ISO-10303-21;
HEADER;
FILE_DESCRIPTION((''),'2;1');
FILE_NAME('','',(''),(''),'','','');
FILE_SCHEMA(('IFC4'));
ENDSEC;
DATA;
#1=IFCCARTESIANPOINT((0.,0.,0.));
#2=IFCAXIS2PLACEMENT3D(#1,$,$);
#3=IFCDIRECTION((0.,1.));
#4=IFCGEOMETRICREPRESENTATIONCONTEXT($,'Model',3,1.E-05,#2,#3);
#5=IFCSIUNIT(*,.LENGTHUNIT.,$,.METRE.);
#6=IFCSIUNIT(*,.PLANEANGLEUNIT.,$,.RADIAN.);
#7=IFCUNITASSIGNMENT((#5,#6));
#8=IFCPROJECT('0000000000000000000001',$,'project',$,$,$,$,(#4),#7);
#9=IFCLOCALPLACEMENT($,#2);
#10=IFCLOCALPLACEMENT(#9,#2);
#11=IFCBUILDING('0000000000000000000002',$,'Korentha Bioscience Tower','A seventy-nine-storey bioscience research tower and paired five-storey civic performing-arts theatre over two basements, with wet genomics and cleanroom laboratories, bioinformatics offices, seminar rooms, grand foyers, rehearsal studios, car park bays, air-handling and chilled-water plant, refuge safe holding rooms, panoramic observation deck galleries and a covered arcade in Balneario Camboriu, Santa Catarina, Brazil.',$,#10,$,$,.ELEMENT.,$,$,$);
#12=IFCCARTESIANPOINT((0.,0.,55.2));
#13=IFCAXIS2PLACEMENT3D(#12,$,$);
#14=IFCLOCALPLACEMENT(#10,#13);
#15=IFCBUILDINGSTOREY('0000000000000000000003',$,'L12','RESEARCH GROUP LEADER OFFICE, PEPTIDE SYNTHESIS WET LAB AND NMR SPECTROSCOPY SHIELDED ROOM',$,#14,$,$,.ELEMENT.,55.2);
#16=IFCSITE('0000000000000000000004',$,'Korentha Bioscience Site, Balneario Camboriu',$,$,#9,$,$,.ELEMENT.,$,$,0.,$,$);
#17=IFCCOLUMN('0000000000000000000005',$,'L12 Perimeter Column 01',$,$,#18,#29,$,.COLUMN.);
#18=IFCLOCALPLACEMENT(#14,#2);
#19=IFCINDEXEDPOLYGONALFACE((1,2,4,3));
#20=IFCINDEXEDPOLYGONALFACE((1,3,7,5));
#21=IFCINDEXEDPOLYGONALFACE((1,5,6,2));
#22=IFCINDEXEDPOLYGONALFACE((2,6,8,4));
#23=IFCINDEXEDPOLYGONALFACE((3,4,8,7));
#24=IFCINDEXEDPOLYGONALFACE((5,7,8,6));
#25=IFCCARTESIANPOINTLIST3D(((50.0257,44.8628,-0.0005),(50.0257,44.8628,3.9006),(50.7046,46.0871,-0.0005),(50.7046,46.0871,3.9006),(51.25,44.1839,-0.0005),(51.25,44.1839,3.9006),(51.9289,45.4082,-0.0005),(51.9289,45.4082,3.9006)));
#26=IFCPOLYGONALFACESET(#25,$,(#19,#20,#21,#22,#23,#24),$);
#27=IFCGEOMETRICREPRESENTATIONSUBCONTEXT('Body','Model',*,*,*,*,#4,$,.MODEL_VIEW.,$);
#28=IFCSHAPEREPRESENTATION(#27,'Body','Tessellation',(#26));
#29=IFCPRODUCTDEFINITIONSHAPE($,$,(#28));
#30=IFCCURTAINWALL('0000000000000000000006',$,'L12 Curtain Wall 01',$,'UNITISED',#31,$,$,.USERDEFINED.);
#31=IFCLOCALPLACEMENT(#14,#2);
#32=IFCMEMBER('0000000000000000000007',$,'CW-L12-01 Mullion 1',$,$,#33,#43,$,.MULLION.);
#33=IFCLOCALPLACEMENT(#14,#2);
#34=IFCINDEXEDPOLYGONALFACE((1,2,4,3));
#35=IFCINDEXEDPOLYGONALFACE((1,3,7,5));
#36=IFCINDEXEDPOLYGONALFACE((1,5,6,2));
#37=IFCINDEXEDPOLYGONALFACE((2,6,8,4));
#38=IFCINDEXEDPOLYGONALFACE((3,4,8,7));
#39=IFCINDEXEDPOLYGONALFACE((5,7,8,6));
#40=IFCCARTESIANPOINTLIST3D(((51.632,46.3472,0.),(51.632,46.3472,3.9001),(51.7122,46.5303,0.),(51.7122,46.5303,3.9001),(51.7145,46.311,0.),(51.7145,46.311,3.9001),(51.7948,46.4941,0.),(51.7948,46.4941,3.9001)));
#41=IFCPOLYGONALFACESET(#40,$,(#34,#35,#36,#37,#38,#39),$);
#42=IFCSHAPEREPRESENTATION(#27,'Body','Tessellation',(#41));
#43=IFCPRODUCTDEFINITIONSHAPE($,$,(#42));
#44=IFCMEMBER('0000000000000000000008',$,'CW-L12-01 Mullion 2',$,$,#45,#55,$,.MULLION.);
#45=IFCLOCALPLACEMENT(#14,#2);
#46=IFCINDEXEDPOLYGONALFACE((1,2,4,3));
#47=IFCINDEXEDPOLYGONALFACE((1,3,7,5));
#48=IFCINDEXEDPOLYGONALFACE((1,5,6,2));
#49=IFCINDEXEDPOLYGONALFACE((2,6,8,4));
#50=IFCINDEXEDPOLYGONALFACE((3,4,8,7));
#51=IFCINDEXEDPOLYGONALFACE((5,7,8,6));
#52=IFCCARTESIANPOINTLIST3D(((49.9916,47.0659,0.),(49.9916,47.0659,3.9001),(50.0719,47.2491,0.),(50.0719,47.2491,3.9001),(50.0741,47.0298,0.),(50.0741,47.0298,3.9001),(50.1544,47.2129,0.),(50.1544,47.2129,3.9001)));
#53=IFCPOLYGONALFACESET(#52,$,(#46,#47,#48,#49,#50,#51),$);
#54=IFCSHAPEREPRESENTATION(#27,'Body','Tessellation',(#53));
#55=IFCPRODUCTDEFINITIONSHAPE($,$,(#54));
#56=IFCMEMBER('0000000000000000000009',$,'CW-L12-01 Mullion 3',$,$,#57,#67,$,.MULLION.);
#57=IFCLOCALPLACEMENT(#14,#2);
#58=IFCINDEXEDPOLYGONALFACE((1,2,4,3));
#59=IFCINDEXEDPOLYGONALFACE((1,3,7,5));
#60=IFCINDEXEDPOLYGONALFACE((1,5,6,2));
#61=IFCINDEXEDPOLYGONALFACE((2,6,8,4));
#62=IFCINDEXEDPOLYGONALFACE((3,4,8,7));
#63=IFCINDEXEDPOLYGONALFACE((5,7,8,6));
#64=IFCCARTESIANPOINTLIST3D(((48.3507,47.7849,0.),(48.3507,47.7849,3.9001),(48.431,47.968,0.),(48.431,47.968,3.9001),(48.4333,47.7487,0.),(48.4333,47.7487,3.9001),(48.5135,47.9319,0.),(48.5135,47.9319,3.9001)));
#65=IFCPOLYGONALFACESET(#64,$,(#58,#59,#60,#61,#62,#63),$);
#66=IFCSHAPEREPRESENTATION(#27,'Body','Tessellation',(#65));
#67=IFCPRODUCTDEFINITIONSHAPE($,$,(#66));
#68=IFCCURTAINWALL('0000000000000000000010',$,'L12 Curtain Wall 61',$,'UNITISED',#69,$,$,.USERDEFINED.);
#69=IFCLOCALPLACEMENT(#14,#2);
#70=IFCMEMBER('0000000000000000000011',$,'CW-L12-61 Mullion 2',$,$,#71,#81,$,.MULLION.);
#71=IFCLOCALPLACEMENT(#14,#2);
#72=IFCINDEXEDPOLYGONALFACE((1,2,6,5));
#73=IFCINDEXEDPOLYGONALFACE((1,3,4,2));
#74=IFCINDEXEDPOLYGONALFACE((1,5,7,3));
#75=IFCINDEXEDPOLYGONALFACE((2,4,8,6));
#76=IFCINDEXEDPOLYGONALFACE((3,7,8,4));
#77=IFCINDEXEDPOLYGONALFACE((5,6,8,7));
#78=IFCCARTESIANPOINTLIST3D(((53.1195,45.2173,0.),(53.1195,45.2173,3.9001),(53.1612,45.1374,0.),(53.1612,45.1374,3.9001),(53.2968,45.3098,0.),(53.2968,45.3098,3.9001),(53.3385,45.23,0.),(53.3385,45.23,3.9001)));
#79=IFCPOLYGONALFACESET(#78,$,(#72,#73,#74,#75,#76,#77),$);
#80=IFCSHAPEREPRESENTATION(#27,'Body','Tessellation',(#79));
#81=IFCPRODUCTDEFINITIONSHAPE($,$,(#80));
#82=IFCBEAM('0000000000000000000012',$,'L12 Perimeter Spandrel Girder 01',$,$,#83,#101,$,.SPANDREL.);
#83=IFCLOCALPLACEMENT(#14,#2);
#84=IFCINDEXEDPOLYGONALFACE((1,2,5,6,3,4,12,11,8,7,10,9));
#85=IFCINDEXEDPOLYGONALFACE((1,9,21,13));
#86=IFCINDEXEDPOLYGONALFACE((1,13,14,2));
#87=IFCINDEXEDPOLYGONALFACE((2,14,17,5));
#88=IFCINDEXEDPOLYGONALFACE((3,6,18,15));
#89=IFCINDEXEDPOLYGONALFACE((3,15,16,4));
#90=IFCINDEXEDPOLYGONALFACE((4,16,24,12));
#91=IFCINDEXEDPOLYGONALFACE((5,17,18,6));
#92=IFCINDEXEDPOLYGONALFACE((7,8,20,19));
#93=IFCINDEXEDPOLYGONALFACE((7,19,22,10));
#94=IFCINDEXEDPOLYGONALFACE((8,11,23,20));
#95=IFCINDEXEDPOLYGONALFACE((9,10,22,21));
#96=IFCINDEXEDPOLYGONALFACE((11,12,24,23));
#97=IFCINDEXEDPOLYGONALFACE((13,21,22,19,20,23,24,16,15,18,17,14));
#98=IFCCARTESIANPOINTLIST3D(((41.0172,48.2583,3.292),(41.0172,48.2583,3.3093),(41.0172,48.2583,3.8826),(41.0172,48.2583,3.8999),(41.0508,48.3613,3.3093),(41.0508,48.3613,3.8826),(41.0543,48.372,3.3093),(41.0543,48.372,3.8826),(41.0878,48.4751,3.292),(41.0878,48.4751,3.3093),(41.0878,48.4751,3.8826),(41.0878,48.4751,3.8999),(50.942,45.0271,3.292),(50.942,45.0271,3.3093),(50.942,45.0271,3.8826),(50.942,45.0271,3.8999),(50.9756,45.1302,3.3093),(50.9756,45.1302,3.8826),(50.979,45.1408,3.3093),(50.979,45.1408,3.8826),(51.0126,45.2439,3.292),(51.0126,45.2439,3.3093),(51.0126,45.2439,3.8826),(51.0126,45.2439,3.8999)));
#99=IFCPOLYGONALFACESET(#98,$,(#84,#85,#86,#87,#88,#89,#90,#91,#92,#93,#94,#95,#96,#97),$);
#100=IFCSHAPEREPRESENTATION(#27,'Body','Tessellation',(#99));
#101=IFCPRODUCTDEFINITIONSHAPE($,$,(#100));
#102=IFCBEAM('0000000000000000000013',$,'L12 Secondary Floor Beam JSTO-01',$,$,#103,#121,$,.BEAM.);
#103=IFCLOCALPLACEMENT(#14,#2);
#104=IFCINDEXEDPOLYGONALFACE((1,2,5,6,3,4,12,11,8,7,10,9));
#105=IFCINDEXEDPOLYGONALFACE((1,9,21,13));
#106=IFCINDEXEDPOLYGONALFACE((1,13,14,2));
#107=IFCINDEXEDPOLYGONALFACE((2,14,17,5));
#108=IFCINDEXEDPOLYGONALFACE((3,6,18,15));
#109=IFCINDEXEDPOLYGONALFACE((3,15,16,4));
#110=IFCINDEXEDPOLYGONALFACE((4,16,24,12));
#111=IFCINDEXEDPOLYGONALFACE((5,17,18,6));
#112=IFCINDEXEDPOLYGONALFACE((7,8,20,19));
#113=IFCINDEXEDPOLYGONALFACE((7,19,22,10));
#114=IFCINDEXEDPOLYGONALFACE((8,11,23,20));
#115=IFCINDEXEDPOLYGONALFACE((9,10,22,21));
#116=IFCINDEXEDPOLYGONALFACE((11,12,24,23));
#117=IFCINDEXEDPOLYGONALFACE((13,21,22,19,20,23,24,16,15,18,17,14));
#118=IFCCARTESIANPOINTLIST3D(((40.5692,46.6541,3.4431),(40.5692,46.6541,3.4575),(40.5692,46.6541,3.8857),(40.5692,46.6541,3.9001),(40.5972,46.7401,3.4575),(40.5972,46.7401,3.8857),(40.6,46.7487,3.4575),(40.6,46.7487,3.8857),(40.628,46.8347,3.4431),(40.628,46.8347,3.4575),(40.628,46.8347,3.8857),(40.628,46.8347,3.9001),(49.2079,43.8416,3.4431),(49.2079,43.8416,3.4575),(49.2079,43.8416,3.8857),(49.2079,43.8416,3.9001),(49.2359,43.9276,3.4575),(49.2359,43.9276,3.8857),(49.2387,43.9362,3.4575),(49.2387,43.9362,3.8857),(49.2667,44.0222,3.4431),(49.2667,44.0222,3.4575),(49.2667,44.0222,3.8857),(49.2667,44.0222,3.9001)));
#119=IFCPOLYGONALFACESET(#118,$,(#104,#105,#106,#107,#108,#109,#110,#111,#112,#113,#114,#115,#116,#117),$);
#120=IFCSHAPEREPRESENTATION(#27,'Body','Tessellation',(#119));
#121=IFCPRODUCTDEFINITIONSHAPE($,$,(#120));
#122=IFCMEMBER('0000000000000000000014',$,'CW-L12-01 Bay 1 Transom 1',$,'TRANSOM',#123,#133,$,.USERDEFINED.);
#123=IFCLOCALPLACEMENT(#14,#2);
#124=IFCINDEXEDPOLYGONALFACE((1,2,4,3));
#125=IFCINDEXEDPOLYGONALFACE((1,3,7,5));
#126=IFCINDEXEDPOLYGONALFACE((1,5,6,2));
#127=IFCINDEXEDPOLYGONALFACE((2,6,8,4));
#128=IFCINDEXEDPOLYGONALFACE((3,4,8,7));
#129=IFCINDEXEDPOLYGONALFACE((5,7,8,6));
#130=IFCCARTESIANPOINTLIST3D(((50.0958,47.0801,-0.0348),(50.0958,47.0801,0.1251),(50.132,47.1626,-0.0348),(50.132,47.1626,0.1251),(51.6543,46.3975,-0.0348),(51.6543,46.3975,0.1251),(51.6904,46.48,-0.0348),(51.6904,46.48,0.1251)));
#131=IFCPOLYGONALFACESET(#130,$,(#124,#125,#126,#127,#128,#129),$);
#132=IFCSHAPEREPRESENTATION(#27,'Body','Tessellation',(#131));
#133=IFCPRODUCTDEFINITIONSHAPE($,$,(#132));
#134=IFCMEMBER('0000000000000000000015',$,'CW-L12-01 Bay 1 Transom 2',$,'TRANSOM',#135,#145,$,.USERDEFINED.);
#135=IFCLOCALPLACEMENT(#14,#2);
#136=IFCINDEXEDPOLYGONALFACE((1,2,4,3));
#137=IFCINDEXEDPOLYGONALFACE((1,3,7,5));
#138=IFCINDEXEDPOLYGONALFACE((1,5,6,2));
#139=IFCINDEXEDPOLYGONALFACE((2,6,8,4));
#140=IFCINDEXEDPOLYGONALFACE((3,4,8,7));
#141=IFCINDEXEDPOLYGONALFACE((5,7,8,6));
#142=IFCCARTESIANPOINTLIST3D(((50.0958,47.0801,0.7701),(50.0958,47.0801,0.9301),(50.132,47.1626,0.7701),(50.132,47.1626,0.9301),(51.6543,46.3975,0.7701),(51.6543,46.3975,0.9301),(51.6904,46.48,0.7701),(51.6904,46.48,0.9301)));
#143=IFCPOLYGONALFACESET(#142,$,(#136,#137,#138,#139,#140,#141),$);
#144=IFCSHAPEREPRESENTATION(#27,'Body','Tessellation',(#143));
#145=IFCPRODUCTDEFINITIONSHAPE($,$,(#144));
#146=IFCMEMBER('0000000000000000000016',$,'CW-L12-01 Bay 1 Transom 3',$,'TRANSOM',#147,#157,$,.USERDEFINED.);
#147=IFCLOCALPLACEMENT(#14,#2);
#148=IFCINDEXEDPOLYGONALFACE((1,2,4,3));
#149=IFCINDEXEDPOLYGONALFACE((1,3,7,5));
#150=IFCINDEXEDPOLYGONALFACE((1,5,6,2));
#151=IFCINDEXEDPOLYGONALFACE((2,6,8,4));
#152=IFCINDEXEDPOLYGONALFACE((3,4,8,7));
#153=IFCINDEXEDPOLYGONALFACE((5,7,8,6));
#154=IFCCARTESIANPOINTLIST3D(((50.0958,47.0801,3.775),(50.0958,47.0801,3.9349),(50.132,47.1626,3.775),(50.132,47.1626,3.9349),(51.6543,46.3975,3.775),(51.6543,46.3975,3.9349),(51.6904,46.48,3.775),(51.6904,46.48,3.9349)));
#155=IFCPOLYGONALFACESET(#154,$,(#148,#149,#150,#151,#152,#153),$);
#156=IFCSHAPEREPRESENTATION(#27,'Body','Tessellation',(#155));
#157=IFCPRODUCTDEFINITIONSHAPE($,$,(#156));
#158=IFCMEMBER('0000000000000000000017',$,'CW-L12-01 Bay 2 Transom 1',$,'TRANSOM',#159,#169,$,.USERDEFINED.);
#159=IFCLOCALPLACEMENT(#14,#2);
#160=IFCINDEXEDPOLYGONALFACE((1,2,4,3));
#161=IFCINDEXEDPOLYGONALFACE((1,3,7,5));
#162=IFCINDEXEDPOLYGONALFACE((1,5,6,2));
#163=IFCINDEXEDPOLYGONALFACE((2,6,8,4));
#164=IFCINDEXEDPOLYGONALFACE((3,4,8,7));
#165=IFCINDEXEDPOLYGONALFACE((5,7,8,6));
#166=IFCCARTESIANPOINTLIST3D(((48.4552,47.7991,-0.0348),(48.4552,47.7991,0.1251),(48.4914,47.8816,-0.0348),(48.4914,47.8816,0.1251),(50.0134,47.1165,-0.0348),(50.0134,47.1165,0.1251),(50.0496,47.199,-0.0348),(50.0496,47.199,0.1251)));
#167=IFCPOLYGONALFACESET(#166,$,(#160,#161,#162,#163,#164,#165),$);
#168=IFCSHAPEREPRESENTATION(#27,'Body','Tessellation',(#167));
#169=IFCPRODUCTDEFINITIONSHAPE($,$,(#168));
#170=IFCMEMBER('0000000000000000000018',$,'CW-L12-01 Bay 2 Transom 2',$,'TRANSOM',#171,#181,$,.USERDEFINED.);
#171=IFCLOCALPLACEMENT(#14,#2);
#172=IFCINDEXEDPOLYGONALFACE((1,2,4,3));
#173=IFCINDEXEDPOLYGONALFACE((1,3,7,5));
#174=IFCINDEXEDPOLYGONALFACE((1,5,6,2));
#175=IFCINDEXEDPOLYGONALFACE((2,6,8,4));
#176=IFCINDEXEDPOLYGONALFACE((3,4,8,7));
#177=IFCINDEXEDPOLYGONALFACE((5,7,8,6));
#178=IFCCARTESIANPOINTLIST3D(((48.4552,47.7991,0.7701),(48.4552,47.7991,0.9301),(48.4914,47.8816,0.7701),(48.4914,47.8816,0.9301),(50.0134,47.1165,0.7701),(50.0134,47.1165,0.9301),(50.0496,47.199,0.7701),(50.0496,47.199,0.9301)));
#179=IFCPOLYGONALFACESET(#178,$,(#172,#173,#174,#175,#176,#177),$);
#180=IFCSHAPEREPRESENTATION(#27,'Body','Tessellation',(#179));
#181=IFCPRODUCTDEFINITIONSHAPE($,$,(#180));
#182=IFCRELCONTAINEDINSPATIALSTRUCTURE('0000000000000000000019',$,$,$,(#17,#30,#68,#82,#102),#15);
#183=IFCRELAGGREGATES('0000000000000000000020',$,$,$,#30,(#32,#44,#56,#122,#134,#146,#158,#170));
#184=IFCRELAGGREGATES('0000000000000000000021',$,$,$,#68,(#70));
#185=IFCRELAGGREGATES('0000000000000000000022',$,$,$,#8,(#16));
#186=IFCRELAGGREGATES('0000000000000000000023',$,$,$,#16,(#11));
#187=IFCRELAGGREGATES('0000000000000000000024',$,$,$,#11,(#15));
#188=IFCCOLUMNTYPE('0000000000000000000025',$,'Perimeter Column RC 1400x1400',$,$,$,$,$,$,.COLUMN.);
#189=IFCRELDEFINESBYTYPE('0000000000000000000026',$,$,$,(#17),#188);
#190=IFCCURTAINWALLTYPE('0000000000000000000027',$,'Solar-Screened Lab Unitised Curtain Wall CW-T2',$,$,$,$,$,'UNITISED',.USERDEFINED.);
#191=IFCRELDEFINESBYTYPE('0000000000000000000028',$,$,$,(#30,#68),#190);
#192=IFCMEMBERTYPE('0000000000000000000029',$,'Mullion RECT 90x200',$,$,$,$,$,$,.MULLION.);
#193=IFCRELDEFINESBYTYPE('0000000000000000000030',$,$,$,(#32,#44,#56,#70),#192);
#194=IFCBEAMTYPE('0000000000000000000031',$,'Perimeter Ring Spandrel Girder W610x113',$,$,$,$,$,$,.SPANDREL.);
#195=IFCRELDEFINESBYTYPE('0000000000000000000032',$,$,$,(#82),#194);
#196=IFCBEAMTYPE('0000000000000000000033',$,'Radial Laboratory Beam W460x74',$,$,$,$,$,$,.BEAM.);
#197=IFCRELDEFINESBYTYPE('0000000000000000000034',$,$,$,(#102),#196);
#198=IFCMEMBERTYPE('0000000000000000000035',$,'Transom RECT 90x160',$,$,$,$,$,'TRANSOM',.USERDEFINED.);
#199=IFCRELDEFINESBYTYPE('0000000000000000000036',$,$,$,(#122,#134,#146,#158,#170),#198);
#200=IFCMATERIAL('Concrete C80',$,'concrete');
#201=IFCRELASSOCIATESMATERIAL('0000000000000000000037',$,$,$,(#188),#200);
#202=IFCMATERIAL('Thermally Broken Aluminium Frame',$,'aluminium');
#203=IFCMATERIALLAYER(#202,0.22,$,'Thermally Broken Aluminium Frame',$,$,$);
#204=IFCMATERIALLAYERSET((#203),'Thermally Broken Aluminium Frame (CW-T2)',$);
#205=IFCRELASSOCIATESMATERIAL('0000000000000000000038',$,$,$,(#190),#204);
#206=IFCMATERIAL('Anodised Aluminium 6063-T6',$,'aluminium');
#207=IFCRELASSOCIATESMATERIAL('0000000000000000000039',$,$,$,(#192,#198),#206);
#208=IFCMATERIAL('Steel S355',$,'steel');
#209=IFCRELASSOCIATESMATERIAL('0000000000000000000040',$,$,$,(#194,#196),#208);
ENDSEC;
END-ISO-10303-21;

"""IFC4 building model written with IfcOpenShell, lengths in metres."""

from ifc_helpers import new_model, si_unit, direction, frame, origin, origin_2d, place, context, subcontext, project, spatial, rectangle, i_section, extrude, material, layer, layer_set, material_profile, profile_set, type_object, element, aggregate, save


model = new_model("IFC4")

# Units and contexts
model_context = context("Model", 3, precision=1e-05, world=origin(), true_north=direction((0.0, 1.0)))
body_context = subcontext(model_context, "Body", "Model", "MODEL_VIEW")
ifc_project = project(units=[si_unit("LENGTHUNIT", "METRE"), si_unit("PLANEANGLEUNIT", "RADIAN")], contexts=[model_context])

# Site, building, storey
site_placement = place(None, origin())
site = spatial("IfcSite", under=ifc_project, at=site_placement, Name="Korentha Bioscience Site, Balneario Camboriu", CompositionType="ELEMENT", RefElevation=0.0)
building_placement = place(site_placement, origin())
building = spatial("IfcBuilding", under=site, at=building_placement, Name="Korentha Bioscience Tower", Description="A seventy-nine-storey bioscience research tower and paired five-storey civic performing-arts theatre over two basements, with wet genomics and cleanroom laboratories, bioinformatics offices, seminar rooms, grand foyers, rehearsal studios, car park bays, air-handling and chilled-water plant, refuge safe holding rooms, panoramic observation deck galleries and a covered arcade in Balneario Camboriu, Santa Catarina, Brazil.", CompositionType="ELEMENT")
storey_placement = place(building_placement, frame((0.0, 0.0, 55.2)))
storey = spatial("IfcBuildingStorey", under=building, at=storey_placement, Name="L12", Description="RESEARCH GROUP LEADER OFFICE, PEPTIDE SYNTHESIS WET LAB AND NMR SPECTROSCOPY SHIELDED ROOM", CompositionType="ELEMENT", Elevation=55.2)

# Column
ifc_material_1 = material(Name="Concrete C80", Category="concrete")
ifc_material_profile_1 = material_profile(ifc_material_1, rectangle(XDim=1.3999, YDim=1.3999, at=origin_2d()), Name="Concrete C80")
ifc_profile_set_1 = profile_set([ifc_material_profile_1], Name="Concrete C80 (COL-P14)")
column_type = type_object("IfcColumnType", Name="Perimeter Column RC 1400x1400", PredefinedType="COLUMN", material=ifc_profile_set_1)
column_placement = place(storey_placement, frame((50.9773, 45.1355, -0.0005), z_axis=(0.0, 0.0, 1.0), x_axis=(-0.874535, 0.484962, 0.0)))
element("IfcColumn", 1, at=column_placement, inside=storey, type_object=column_type, Name="L12 Perimeter Column 01", PredefinedType="COLUMN", context=body_context, shape_type="SweptSolid", body=[
    extrude(rectangle(XDim=1.3999, YDim=1.3999, at=origin_2d()), origin(), (0.0, 0.0, 1.0), 3.9011),
])

# Curtain wall, members
ifc_material_2 = material(Name="Thermally Broken Aluminium Frame", Category="aluminium")
ifc_layer_1 = layer(ifc_material_2, 0.22, Name="Thermally Broken Aluminium Frame")
ifc_layer_set_1 = layer_set([ifc_layer_1], Name="Thermally Broken Aluminium Frame (CW-T2)")
curtain_wall_type = type_object("IfcCurtainWallType", Name="Solar-Screened Lab Unitised Curtain Wall CW-T2", ElementType="UNITISED", PredefinedType="USERDEFINED", material=ifc_layer_set_1)
curtain_wall_1_placement = place(storey_placement, origin())
curtain_wall_1 = element("IfcCurtainWall", 2, at=curtain_wall_1_placement, inside=storey, type_object=curtain_wall_type, Name="L12 Curtain Wall 01", ObjectType="UNITISED", PredefinedType="USERDEFINED")
ifc_material_3 = material(Name="Anodised Aluminium 6063-T6", Category="aluminium")
ifc_material_profile_2 = material_profile(ifc_material_3, rectangle(XDim=0.0901, YDim=0.2, at=origin_2d()), Name="Anodised Aluminium 6063-T6")
ifc_profile_set_2 = profile_set([ifc_material_profile_2], Name="Anodised Aluminium 6063-T6 (CW-MUL)")
member_type_1 = type_object("IfcMemberType", Name="Mullion RECT 90x200", PredefinedType="MULLION", material=ifc_profile_set_2)
member_1_placement = place(storey_placement, frame((51.7134, 46.4207, 0.0), z_axis=(0.0, 0.0, 1.0), x_axis=(-0.915939, 0.401317, 0.0)))
member_1 = element("IfcMember", 3, at=member_1_placement, type_object=member_type_1, Name="CW-L12-01 Mullion 1", PredefinedType="MULLION", context=body_context, shape_type="SweptSolid", body=[
    extrude(rectangle(XDim=0.0901, YDim=0.2, at=origin_2d()), origin(), (0.0, 0.0, 1.0), 3.9001),
])
member_2_placement = place(storey_placement, frame((50.073, 47.1394, 0.0), z_axis=(0.0, 0.0, 1.0), x_axis=(-0.915939, 0.401317, 0.0)))
member_2 = element("IfcMember", 4, at=member_2_placement, type_object=member_type_1, Name="CW-L12-01 Mullion 2", PredefinedType="MULLION", context=body_context, shape_type="SweptSolid", body=[
    extrude(rectangle(XDim=0.0901, YDim=0.2, at=origin_2d()), origin(), (0.0, 0.0, 1.0), 3.9001),
])
member_3_placement = place(storey_placement, frame((48.4321, 47.8584, 0.0), z_axis=(0.0, 0.0, 1.0), x_axis=(-0.915939, 0.401317, 0.0)))
member_3 = element("IfcMember", 5, at=member_3_placement, type_object=member_type_1, Name="CW-L12-01 Mullion 3", PredefinedType="MULLION", context=body_context, shape_type="SweptSolid", body=[
    extrude(rectangle(XDim=0.0901, YDim=0.2, at=origin_2d()), origin(), (0.0, 0.0, 1.0), 3.9001),
])

# Curtain wall, member
curtain_wall_2_placement = place(storey_placement, origin())
curtain_wall_2 = element("IfcCurtainWall", 6, at=curtain_wall_2_placement, inside=storey, type_object=curtain_wall_type, Name="L12 Curtain Wall 61", ObjectType="UNITISED", PredefinedType="USERDEFINED")
member_4_placement = place(storey_placement, frame((53.229, 45.2236, 0.0), z_axis=(0.0, 0.0, 1.0), x_axis=(-0.463009, 0.886354, 0.0)))
member_4 = element("IfcMember", 7, at=member_4_placement, type_object=member_type_1, Name="CW-L12-61 Mullion 2", PredefinedType="MULLION", context=body_context, shape_type="SweptSolid", body=[
    extrude(rectangle(XDim=0.0901, YDim=0.2, at=origin_2d()), origin(), (0.0, 0.0, 1.0), 3.9001),
])

# Beams
ifc_material_4 = material(Name="Steel S355", Category="steel")
ifc_material_profile_3 = material_profile(ifc_material_4, i_section(OverallWidth=0.228, OverallDepth=0.6079, WebThickness=0.0112, FlangeThickness=0.0173, at=origin_2d()), Name="Steel S355")
ifc_profile_set_3 = profile_set([ifc_material_profile_3], Name="Steel S355 (SB-610)")
beam_type_1 = type_object("IfcBeamType", Name="Perimeter Ring Spandrel Girder W610x113", PredefinedType="SPANDREL", material=ifc_profile_set_3)
beam_1_placement = place(storey_placement, frame((50.9773, 45.1355, 3.5959), z_axis=(-0.950875, 0.309575, 0.0), x_axis=(-0.309575, -0.950875, 0.0)))
element("IfcBeam", 8, at=beam_1_placement, inside=storey, type_object=beam_type_1, Name="L12 Perimeter Spandrel Girder 01", PredefinedType="SPANDREL", context=body_context, shape_type="SweptSolid", body=[
    extrude(i_section(OverallWidth=0.228, OverallDepth=0.6079, WebThickness=0.0112, FlangeThickness=0.0173, at=origin_2d()), origin(), (0.0, 0.0, 1.0), 10.4375),
])
ifc_material_profile_4 = material_profile(ifc_material_4, i_section(OverallWidth=0.1899, OverallDepth=0.457, WebThickness=0.009, FlangeThickness=0.0144, at=origin_2d()), Name="Steel S355")
ifc_profile_set_4 = profile_set([ifc_material_profile_4], Name="Steel S355 (RB-460)")
beam_type_2 = type_object("IfcBeamType", Name="Radial Laboratory Beam W460x74", PredefinedType="BEAM", material=ifc_profile_set_4)
beam_2_placement = place(storey_placement, frame((49.2373, 43.9319, 3.6716), z_axis=(-0.950874, 0.309577, 0.0), x_axis=(-0.309577, -0.950874, 0.0)))
element("IfcBeam", 9, at=beam_2_placement, inside=storey, type_object=beam_type_2, Name="L12 Secondary Floor Beam JSTO-01", PredefinedType="BEAM", context=body_context, shape_type="SweptSolid", body=[
    extrude(i_section(OverallWidth=0.1899, OverallDepth=0.457, WebThickness=0.009, FlangeThickness=0.0144, at=origin_2d()), origin(), (0.0, 0.0, 1.0), 9.085),
])

# Members
ifc_material_profile_5 = material_profile(ifc_material_3, rectangle(XDim=0.0901, YDim=0.1599, at=origin_2d()), Name="Anodised Aluminium 6063-T6")
ifc_profile_set_5 = profile_set([ifc_material_profile_5], Name="Anodised Aluminium 6063-T6 (CW-TRN)")
member_type_2 = type_object("IfcMemberType", Name="Transom RECT 90x160", ElementType="TRANSOM", PredefinedType="USERDEFINED", material=ifc_profile_set_5)
member_5_placement = place(storey_placement, frame((51.6724, 46.4387, 0.0452), z_axis=(-0.915976, 0.401233, 0.0), x_axis=(-0.401233, -0.915976, 0.0)))
member_5 = element("IfcMember", 10, at=member_5_placement, type_object=member_type_2, Name="CW-L12-01 Bay 1 Transom 1", ObjectType="TRANSOM", PredefinedType="USERDEFINED", context=body_context, shape_type="SweptSolid", body=[
    extrude(rectangle(XDim=0.0901, YDim=0.1599, at=origin_2d()), origin(), (0.0, 0.0, 1.0), 1.7014),
])
member_6_placement = place(storey_placement, frame((51.6724, 46.4387, 0.8501), z_axis=(-0.915976, 0.401233, 0.0), x_axis=(-0.401233, -0.915976, 0.0)))
member_6 = element("IfcMember", 11, at=member_6_placement, type_object=member_type_2, Name="CW-L12-01 Bay 1 Transom 2", ObjectType="TRANSOM", PredefinedType="USERDEFINED", context=body_context, shape_type="SweptSolid", body=[
    extrude(rectangle(XDim=0.0901, YDim=0.1599, at=origin_2d()), origin(), (0.0, 0.0, 1.0), 1.7014),
])
member_7_placement = place(storey_placement, frame((51.6724, 46.4387, 3.855), z_axis=(-0.915976, 0.401233, 0.0), x_axis=(-0.401233, -0.915976, 0.0)))
member_7 = element("IfcMember", 12, at=member_7_placement, type_object=member_type_2, Name="CW-L12-01 Bay 1 Transom 3", ObjectType="TRANSOM", PredefinedType="USERDEFINED", context=body_context, shape_type="SweptSolid", body=[
    extrude(rectangle(XDim=0.0901, YDim=0.1599, at=origin_2d()), origin(), (0.0, 0.0, 1.0), 1.7014),
])
member_8_placement = place(storey_placement, frame((50.0315, 47.1577, 0.0452), z_axis=(-0.915953, 0.401286, 0.0), x_axis=(-0.401286, -0.915953, 0.0)))
member_8 = element("IfcMember", 13, at=member_8_placement, type_object=member_type_2, Name="CW-L12-01 Bay 2 Transom 1", ObjectType="TRANSOM", PredefinedType="USERDEFINED", context=body_context, shape_type="SweptSolid", body=[
    extrude(rectangle(XDim=0.0901, YDim=0.1599, at=origin_2d()), origin(), (0.0, 0.0, 1.0), 1.7012),
])
member_9_placement = place(storey_placement, frame((50.0315, 47.1577, 0.8501), z_axis=(-0.915953, 0.401286, 0.0), x_axis=(-0.401286, -0.915953, 0.0)))
member_9 = element("IfcMember", 14, at=member_9_placement, type_object=member_type_2, Name="CW-L12-01 Bay 2 Transom 2", ObjectType="TRANSOM", PredefinedType="USERDEFINED", context=body_context, shape_type="SweptSolid", body=[
    extrude(rectangle(XDim=0.0901, YDim=0.1599, at=origin_2d()), origin(), (0.0, 0.0, 1.0), 1.7012),
])

aggregate(curtain_wall_1, [member_1, member_2, member_3, member_5, member_6, member_7, member_8, member_9])
aggregate(curtain_wall_2, [member_4])

save(model, "model.ifc")
